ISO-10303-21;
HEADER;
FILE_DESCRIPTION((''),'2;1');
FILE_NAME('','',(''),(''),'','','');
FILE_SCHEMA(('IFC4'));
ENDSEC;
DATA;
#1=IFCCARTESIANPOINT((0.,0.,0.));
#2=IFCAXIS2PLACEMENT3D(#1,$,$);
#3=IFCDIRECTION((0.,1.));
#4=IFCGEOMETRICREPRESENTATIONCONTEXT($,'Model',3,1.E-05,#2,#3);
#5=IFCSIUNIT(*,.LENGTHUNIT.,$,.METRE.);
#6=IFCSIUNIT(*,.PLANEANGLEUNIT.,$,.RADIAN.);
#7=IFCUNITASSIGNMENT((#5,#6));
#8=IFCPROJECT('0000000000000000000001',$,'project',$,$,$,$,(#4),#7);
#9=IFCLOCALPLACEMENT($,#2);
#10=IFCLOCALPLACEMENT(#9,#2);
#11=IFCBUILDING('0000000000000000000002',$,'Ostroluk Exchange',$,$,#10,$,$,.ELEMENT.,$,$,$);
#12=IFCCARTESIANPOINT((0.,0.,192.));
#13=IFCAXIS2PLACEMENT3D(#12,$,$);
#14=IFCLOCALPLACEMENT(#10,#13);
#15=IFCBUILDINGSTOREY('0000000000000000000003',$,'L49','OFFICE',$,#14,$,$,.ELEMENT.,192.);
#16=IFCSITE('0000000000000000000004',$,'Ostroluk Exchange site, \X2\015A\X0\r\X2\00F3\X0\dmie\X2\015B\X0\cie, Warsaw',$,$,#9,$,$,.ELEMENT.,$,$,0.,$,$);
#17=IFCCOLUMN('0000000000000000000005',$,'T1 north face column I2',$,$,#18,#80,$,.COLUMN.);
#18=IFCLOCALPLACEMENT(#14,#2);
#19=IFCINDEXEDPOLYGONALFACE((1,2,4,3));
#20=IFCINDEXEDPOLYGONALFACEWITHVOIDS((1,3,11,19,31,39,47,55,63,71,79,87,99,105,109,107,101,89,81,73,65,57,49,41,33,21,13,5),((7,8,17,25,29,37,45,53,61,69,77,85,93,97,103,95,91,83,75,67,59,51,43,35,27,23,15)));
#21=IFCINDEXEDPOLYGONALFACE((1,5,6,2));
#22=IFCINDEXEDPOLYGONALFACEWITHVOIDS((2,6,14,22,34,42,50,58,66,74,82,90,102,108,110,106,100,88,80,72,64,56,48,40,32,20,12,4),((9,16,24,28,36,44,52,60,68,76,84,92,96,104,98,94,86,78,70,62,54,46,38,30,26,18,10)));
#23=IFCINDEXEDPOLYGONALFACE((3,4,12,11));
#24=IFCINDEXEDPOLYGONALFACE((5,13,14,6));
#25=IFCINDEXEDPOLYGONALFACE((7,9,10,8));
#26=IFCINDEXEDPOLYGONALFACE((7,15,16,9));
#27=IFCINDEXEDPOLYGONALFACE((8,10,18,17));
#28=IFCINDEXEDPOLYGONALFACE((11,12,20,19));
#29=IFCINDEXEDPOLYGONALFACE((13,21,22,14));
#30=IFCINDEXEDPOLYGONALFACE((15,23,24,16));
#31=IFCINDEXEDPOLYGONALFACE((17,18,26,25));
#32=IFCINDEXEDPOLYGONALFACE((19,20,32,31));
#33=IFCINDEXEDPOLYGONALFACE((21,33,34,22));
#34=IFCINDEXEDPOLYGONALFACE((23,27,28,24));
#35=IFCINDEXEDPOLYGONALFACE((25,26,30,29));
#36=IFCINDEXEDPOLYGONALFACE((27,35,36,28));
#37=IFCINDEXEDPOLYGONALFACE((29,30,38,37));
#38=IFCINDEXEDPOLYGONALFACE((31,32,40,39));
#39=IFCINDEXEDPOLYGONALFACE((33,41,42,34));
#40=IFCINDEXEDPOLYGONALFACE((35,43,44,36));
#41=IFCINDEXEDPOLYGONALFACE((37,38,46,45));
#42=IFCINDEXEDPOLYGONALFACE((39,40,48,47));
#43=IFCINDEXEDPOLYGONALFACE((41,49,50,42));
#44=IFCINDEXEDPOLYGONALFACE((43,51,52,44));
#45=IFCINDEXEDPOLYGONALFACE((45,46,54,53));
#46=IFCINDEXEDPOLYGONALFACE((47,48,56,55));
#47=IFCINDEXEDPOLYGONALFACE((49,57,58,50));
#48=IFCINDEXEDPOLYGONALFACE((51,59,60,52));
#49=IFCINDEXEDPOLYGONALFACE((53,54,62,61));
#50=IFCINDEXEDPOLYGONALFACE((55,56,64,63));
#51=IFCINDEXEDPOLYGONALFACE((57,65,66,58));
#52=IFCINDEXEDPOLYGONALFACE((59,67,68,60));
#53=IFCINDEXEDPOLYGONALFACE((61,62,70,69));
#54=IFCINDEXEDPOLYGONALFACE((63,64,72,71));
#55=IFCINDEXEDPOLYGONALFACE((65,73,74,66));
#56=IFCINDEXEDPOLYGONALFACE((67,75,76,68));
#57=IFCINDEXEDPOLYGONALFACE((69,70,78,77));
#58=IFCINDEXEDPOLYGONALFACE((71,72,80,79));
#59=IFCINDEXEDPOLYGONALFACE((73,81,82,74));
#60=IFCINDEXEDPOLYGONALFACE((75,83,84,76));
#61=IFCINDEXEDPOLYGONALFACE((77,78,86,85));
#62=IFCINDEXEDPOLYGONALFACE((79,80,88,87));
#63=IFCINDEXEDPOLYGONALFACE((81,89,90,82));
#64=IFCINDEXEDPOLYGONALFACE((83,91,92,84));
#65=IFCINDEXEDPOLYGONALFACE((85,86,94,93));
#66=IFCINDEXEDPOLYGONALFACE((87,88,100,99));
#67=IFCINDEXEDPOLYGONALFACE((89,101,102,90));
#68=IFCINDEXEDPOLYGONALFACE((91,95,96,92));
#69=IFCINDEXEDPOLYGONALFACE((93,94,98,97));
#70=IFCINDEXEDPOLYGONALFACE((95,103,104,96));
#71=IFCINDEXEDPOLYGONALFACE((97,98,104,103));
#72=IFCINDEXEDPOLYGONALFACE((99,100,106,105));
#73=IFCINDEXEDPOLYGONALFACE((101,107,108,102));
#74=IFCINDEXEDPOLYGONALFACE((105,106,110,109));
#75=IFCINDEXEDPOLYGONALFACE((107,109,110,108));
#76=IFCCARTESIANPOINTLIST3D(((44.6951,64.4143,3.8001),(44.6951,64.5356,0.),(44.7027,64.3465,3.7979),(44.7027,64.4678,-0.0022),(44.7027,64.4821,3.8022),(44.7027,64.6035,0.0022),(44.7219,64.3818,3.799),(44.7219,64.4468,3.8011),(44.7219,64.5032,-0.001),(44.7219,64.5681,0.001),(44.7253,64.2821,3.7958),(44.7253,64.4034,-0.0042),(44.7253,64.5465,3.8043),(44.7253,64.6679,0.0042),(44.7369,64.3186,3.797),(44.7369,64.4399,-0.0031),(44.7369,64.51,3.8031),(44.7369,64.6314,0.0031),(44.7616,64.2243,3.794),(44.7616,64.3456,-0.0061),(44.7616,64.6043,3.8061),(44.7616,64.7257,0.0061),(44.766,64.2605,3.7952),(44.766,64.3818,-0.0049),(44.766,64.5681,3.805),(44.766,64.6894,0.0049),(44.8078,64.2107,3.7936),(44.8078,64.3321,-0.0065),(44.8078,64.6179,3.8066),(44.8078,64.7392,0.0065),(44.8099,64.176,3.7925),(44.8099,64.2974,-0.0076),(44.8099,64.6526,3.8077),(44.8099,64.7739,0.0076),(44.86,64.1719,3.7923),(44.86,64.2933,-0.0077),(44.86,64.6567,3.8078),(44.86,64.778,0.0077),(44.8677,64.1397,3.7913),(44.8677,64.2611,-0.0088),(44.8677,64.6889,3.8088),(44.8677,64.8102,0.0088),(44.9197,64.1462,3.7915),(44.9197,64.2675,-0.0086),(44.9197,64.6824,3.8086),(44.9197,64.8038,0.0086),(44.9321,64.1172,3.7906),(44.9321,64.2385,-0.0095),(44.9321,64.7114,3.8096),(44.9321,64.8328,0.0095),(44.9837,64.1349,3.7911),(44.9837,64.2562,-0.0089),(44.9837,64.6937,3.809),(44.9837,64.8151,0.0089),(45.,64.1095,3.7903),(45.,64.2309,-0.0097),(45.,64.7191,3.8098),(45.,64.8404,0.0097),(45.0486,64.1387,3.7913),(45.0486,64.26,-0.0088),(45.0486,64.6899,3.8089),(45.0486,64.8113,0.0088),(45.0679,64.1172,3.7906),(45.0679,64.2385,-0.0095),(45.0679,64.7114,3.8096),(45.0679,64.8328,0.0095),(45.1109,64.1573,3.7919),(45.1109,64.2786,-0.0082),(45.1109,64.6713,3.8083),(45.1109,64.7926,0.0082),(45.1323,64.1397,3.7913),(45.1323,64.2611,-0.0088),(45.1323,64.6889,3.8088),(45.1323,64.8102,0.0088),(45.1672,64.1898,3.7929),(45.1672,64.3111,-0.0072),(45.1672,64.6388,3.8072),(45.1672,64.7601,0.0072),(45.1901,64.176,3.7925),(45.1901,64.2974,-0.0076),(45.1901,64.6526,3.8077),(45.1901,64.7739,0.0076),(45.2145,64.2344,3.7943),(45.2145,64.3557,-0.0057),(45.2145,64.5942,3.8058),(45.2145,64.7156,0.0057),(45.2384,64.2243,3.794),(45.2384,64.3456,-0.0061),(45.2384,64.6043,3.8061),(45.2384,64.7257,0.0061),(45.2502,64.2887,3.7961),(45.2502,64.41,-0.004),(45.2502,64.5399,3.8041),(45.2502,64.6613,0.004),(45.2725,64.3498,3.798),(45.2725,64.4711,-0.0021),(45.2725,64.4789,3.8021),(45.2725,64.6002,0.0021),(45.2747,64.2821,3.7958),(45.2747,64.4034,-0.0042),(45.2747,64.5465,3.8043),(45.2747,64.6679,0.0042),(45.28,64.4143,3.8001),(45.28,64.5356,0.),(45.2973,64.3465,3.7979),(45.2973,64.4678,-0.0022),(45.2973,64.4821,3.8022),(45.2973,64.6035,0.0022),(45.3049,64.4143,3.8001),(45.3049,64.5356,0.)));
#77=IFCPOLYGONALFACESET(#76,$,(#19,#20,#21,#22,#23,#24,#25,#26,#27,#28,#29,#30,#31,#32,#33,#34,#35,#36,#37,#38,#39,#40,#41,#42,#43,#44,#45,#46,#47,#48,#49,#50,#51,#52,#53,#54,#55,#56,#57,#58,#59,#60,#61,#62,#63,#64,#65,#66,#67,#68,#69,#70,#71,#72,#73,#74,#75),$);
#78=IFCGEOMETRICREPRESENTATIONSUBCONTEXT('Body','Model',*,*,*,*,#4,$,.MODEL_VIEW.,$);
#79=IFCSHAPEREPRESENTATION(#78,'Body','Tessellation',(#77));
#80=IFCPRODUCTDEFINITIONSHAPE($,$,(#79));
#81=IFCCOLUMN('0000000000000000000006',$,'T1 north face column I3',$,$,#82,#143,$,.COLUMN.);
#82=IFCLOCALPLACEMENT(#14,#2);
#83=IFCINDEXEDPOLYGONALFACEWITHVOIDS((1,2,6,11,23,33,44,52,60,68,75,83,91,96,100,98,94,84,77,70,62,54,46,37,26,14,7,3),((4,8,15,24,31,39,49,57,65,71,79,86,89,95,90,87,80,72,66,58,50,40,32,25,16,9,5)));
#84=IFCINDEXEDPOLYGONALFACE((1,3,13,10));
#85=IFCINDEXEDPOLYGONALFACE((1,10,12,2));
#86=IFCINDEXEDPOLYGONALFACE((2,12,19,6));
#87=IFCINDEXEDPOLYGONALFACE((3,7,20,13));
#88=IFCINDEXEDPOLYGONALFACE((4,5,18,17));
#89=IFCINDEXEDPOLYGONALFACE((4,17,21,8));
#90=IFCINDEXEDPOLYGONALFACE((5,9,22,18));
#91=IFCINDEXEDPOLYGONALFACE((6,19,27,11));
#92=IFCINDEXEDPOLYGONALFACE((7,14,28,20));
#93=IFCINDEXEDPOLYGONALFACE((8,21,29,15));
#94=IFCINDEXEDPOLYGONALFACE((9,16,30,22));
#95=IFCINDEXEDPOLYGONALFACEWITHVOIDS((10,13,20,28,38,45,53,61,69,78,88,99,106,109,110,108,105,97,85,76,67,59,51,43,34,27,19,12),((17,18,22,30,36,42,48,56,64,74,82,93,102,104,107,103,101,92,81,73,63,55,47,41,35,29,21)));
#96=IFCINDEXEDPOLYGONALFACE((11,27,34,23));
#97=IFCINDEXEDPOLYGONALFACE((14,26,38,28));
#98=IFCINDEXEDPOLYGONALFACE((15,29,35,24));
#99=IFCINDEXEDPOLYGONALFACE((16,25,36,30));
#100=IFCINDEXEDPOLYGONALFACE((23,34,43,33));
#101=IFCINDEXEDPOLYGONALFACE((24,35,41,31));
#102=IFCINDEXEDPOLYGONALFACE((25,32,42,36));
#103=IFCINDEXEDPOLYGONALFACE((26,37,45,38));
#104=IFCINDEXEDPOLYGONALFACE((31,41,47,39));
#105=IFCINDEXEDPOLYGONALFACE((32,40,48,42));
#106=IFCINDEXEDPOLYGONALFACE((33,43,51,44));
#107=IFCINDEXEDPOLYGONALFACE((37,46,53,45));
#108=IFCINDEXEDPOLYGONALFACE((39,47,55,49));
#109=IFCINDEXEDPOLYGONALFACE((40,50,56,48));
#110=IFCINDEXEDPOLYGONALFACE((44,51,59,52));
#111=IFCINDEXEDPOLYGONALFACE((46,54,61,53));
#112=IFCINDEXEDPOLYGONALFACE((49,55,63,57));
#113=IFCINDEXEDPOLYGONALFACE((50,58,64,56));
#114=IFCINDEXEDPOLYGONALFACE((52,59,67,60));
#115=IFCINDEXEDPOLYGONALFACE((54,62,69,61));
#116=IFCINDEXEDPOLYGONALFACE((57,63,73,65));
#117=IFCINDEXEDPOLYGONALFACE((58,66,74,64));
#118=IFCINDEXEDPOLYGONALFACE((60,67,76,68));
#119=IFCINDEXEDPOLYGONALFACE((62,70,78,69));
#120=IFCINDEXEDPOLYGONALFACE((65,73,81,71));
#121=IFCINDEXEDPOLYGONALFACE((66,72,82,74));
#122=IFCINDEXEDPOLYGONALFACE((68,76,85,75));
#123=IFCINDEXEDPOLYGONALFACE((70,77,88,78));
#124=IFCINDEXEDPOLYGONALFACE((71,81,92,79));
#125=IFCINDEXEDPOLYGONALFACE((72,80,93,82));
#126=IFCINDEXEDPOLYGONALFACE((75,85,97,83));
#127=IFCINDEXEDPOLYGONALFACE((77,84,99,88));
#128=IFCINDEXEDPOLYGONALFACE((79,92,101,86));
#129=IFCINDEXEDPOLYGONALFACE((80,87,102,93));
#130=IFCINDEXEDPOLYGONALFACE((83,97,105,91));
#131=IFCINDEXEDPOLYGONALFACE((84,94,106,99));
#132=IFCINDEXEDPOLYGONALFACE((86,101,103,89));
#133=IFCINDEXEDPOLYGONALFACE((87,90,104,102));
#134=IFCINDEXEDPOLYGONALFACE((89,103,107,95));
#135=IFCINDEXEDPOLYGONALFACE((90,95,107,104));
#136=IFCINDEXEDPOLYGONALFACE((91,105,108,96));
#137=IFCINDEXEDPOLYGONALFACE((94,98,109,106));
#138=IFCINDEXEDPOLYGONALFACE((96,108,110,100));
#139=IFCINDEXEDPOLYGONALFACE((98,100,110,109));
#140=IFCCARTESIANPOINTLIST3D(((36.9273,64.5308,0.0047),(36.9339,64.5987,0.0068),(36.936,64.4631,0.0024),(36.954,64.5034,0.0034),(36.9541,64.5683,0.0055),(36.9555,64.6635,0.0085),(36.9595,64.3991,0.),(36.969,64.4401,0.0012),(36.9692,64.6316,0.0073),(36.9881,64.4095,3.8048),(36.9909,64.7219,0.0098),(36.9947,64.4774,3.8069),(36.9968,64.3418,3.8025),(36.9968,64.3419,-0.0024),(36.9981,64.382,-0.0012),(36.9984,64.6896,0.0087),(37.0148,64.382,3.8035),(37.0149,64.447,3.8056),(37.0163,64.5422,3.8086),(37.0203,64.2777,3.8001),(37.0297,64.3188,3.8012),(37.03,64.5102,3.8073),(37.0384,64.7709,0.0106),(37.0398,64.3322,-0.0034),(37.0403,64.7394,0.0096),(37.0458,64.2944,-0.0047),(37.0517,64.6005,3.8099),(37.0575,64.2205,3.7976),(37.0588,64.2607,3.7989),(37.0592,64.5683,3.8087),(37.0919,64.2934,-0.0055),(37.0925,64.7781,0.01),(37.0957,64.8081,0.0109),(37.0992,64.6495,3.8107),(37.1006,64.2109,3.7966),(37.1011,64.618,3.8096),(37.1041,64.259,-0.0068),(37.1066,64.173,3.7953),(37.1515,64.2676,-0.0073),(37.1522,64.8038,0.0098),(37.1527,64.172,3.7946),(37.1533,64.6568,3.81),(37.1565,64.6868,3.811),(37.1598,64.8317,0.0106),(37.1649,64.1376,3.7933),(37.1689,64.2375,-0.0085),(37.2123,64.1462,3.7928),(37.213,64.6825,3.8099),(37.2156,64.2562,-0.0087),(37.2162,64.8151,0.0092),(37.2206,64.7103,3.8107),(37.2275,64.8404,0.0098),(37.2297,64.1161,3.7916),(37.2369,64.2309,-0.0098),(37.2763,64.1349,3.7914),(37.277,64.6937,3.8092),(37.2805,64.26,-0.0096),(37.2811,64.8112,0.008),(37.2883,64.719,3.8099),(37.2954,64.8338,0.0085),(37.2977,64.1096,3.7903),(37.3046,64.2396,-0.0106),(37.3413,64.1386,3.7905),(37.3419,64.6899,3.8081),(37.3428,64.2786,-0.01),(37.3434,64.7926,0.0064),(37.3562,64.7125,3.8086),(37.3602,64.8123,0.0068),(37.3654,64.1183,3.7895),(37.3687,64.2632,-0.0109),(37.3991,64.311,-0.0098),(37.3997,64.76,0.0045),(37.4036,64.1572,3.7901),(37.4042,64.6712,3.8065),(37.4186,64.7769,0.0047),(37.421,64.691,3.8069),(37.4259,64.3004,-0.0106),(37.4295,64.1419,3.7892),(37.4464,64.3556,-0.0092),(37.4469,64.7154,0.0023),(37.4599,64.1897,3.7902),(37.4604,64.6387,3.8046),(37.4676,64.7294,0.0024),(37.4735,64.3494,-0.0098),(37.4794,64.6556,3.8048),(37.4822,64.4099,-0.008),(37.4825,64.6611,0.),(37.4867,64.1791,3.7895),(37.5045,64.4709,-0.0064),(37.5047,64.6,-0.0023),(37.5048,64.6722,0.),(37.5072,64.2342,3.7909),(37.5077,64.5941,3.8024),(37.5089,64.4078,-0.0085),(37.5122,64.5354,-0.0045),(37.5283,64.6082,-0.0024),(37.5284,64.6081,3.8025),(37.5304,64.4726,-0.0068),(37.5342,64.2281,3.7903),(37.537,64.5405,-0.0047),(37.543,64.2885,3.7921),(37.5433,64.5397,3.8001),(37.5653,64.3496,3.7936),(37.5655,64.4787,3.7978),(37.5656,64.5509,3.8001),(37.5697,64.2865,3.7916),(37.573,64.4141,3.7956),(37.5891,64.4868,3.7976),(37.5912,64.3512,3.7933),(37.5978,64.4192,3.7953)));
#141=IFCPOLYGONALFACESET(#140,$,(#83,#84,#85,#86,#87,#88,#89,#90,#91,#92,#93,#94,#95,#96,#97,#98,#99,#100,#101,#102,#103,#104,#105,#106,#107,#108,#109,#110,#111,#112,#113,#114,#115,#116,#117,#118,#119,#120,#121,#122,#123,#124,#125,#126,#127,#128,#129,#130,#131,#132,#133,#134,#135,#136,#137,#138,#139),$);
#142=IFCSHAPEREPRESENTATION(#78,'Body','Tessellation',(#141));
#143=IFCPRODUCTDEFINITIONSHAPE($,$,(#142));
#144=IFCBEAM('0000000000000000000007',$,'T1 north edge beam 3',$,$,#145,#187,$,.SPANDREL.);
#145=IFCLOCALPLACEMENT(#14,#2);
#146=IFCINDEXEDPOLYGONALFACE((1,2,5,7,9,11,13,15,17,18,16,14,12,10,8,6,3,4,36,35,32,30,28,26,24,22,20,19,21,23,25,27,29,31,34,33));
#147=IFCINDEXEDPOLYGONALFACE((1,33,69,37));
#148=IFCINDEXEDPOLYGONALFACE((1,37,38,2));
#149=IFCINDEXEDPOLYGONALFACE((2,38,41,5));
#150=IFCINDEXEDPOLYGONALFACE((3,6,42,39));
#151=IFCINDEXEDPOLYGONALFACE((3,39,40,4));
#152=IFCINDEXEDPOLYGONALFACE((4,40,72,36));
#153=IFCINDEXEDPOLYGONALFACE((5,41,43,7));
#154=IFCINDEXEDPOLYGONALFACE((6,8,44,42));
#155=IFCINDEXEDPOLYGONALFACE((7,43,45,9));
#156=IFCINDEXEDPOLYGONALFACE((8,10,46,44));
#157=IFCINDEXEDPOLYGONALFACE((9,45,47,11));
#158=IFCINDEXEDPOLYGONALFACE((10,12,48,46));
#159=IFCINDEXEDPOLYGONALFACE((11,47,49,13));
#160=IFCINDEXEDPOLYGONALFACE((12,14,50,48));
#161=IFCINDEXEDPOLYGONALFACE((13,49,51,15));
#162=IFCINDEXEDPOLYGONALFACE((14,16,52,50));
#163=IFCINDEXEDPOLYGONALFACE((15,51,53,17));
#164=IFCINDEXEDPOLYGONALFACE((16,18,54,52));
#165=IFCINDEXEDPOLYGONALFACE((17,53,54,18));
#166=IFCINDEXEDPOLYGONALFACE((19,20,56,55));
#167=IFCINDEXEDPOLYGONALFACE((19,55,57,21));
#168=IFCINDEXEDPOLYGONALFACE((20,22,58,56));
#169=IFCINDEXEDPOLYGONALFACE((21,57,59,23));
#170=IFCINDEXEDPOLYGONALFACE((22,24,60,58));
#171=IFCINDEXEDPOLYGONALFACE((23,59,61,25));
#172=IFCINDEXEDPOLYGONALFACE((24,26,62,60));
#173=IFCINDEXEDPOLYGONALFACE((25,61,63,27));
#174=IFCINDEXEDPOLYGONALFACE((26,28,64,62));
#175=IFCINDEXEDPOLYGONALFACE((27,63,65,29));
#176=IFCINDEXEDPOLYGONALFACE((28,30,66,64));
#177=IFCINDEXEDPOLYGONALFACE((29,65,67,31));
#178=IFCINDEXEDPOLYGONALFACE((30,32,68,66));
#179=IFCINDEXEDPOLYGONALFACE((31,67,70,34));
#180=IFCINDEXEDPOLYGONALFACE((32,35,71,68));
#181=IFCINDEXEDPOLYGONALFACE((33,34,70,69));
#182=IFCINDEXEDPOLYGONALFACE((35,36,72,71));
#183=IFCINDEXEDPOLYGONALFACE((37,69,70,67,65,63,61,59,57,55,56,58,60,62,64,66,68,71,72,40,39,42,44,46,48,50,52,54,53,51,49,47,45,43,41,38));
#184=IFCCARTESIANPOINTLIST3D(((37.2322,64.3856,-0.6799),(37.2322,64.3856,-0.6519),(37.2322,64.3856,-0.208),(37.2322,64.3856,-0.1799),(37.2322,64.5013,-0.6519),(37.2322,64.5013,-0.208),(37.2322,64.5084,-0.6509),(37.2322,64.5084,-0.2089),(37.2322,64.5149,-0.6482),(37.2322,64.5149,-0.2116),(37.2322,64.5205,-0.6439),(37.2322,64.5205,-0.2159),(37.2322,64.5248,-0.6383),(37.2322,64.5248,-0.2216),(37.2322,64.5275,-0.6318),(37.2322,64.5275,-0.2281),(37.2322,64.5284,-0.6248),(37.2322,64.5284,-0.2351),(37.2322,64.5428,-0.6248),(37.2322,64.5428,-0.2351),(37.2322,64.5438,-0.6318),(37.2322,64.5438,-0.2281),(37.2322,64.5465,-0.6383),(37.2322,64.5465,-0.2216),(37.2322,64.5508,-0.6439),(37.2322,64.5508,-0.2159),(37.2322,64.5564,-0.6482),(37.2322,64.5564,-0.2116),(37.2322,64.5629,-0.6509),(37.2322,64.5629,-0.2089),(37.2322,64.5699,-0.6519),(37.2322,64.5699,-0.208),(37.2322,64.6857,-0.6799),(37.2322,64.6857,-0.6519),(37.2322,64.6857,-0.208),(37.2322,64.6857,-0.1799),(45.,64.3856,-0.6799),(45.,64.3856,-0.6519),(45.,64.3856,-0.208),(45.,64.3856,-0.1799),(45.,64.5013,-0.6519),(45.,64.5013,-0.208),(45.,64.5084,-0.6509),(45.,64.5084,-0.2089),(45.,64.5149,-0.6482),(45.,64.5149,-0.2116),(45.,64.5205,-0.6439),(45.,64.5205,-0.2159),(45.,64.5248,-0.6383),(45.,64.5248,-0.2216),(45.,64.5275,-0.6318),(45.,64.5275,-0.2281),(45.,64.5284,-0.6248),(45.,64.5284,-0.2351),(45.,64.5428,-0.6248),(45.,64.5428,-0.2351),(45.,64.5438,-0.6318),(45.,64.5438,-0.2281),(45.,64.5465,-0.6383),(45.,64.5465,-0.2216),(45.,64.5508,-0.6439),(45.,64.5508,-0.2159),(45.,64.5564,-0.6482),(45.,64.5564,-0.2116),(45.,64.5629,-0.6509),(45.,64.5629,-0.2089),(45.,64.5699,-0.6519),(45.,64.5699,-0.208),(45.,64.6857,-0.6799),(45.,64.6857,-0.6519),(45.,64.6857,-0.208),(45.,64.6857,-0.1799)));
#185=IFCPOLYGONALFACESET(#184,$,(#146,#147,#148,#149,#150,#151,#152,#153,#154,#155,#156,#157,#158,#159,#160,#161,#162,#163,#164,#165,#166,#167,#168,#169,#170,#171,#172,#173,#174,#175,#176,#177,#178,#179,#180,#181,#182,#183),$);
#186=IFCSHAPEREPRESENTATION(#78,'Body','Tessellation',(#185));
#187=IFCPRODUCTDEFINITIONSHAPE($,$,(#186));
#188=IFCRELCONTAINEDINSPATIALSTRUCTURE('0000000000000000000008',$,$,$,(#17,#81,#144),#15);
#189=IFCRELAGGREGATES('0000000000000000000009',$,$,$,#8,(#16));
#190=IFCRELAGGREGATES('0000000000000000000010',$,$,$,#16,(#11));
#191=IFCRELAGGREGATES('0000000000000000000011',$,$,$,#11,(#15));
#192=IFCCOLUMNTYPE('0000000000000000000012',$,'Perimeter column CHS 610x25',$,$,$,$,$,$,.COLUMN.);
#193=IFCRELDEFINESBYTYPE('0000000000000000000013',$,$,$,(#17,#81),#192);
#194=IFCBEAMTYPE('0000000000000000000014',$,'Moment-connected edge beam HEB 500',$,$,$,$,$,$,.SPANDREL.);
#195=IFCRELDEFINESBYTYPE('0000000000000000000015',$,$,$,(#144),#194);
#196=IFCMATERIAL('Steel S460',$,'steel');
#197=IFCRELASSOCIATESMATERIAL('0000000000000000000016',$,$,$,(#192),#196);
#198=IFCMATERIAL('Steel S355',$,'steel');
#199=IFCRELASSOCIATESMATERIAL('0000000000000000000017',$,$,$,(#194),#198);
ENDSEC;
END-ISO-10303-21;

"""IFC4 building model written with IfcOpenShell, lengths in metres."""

from ifc_helpers import new_model, si_unit, direction, frame, origin, origin_2d, place, context, subcontext, project, spatial, hollow_circle, i_section, extrude, material, material_profile, profile_set, type_object, element, save


model = new_model("IFC4")

# Units and contexts
model_context = context("Model", 3, precision=1e-05, world=origin(), true_north=direction((0.0, 1.0)))
body_context = subcontext(model_context, "Body", "Model", "MODEL_VIEW")
ifc_project = project(units=[si_unit("LENGTHUNIT", "METRE"), si_unit("PLANEANGLEUNIT", "RADIAN")], contexts=[model_context])

# Site, building, storey
site_placement = place(None, origin())
site = spatial("IfcSite", under=ifc_project, at=site_placement, Name="Ostroluk Exchange site, Śródmieście, Warsaw", CompositionType="ELEMENT", RefElevation=0.0)
building_placement = place(site_placement, origin())
building = spatial("IfcBuilding", under=site, at=building_placement, Name="Ostroluk Exchange", CompositionType="ELEMENT")
storey_placement = place(building_placement, frame((0.0, 0.0, 192.0)))
storey = spatial("IfcBuildingStorey", under=building, at=storey_placement, Name="L49", Description="OFFICE", CompositionType="ELEMENT", Elevation=192.0)

# Columns
ifc_material_1 = material(Name="Steel S460", Category="steel")
ifc_material_profile_1 = material_profile(ifc_material_1, hollow_circle(Radius=0.3049, WallThickness=0.0249, at=origin_2d()), Name="CHS 610x25")
ifc_profile_set_1 = profile_set([ifc_material_profile_1], Name="Steel S460")
column_type = type_object("IfcColumnType", Name="Perimeter column CHS 610x25", PredefinedType="COLUMN", material=ifc_profile_set_1)
column_1_placement = place(storey_placement, frame((45.0, 64.5356, 0.0), z_axis=(0.0, -0.031914, 0.999491), x_axis=(1.0, 0.0, 0.0)))
element("IfcColumn", 1, at=column_1_placement, inside=storey, type_object=column_type, Name="T1 north face column I2", PredefinedType="COLUMN", context=body_context, shape_type="SweptSolid", body=[
    extrude(hollow_circle(Radius=0.3049, WallThickness=0.0249, at=origin_2d()), origin(), (0.0, 0.0, 1.0), 3.802),
])
column_2_placement = place(storey_placement, frame((37.2322, 64.5356, 0.0), z_axis=(0.015987, -0.03191, 0.999363), x_axis=(0.894067, 0.447933, 0.0)))
element("IfcColumn", 2, at=column_2_placement, inside=storey, type_object=column_type, Name="T1 north face column I3", PredefinedType="COLUMN", context=body_context, shape_type="SweptSolid", body=[
    extrude(hollow_circle(Radius=0.3049, WallThickness=0.0249, at=origin_2d()), origin(), (0.0, 0.0, 1.0), 3.8025),
])

# Beam
ifc_material_2 = material(Name="Steel S355", Category="steel")
ifc_material_profile_2 = material_profile(ifc_material_2, i_section(OverallWidth=0.3, OverallDepth=0.5, WebThickness=0.0144, FlangeThickness=0.0281, FilletRadius=0.0271, at=origin_2d()), Name="HEB 500")
ifc_profile_set_2 = profile_set([ifc_material_profile_2], Name="Steel S355")
beam_type = type_object("IfcBeamType", Name="Moment-connected edge beam HEB 500", PredefinedType="SPANDREL", material=ifc_profile_set_2)
for number, where, z_axis, x_axis, name in (
    (3, (45.0, 64.5356, -0.4299), (-1.0, 0.0, 0.0), (0.0, -1.0, 0.0), "T1 north edge beam 3"),
):
    element("IfcBeam", number, at=place(storey_placement, frame(where, z_axis=z_axis, x_axis=x_axis)), inside=storey, type_object=beam_type, Name=name, PredefinedType="SPANDREL", context=body_context, shape_type="SweptSolid", body=[
        extrude(i_section(OverallWidth=0.3, OverallDepth=0.5, WebThickness=0.0144, FlangeThickness=0.0281, FilletRadius=0.0271, at=origin_2d()), origin(), (0.0, 0.0, 1.0), 7.7678),
    ])

save(model, "model.ifc")
